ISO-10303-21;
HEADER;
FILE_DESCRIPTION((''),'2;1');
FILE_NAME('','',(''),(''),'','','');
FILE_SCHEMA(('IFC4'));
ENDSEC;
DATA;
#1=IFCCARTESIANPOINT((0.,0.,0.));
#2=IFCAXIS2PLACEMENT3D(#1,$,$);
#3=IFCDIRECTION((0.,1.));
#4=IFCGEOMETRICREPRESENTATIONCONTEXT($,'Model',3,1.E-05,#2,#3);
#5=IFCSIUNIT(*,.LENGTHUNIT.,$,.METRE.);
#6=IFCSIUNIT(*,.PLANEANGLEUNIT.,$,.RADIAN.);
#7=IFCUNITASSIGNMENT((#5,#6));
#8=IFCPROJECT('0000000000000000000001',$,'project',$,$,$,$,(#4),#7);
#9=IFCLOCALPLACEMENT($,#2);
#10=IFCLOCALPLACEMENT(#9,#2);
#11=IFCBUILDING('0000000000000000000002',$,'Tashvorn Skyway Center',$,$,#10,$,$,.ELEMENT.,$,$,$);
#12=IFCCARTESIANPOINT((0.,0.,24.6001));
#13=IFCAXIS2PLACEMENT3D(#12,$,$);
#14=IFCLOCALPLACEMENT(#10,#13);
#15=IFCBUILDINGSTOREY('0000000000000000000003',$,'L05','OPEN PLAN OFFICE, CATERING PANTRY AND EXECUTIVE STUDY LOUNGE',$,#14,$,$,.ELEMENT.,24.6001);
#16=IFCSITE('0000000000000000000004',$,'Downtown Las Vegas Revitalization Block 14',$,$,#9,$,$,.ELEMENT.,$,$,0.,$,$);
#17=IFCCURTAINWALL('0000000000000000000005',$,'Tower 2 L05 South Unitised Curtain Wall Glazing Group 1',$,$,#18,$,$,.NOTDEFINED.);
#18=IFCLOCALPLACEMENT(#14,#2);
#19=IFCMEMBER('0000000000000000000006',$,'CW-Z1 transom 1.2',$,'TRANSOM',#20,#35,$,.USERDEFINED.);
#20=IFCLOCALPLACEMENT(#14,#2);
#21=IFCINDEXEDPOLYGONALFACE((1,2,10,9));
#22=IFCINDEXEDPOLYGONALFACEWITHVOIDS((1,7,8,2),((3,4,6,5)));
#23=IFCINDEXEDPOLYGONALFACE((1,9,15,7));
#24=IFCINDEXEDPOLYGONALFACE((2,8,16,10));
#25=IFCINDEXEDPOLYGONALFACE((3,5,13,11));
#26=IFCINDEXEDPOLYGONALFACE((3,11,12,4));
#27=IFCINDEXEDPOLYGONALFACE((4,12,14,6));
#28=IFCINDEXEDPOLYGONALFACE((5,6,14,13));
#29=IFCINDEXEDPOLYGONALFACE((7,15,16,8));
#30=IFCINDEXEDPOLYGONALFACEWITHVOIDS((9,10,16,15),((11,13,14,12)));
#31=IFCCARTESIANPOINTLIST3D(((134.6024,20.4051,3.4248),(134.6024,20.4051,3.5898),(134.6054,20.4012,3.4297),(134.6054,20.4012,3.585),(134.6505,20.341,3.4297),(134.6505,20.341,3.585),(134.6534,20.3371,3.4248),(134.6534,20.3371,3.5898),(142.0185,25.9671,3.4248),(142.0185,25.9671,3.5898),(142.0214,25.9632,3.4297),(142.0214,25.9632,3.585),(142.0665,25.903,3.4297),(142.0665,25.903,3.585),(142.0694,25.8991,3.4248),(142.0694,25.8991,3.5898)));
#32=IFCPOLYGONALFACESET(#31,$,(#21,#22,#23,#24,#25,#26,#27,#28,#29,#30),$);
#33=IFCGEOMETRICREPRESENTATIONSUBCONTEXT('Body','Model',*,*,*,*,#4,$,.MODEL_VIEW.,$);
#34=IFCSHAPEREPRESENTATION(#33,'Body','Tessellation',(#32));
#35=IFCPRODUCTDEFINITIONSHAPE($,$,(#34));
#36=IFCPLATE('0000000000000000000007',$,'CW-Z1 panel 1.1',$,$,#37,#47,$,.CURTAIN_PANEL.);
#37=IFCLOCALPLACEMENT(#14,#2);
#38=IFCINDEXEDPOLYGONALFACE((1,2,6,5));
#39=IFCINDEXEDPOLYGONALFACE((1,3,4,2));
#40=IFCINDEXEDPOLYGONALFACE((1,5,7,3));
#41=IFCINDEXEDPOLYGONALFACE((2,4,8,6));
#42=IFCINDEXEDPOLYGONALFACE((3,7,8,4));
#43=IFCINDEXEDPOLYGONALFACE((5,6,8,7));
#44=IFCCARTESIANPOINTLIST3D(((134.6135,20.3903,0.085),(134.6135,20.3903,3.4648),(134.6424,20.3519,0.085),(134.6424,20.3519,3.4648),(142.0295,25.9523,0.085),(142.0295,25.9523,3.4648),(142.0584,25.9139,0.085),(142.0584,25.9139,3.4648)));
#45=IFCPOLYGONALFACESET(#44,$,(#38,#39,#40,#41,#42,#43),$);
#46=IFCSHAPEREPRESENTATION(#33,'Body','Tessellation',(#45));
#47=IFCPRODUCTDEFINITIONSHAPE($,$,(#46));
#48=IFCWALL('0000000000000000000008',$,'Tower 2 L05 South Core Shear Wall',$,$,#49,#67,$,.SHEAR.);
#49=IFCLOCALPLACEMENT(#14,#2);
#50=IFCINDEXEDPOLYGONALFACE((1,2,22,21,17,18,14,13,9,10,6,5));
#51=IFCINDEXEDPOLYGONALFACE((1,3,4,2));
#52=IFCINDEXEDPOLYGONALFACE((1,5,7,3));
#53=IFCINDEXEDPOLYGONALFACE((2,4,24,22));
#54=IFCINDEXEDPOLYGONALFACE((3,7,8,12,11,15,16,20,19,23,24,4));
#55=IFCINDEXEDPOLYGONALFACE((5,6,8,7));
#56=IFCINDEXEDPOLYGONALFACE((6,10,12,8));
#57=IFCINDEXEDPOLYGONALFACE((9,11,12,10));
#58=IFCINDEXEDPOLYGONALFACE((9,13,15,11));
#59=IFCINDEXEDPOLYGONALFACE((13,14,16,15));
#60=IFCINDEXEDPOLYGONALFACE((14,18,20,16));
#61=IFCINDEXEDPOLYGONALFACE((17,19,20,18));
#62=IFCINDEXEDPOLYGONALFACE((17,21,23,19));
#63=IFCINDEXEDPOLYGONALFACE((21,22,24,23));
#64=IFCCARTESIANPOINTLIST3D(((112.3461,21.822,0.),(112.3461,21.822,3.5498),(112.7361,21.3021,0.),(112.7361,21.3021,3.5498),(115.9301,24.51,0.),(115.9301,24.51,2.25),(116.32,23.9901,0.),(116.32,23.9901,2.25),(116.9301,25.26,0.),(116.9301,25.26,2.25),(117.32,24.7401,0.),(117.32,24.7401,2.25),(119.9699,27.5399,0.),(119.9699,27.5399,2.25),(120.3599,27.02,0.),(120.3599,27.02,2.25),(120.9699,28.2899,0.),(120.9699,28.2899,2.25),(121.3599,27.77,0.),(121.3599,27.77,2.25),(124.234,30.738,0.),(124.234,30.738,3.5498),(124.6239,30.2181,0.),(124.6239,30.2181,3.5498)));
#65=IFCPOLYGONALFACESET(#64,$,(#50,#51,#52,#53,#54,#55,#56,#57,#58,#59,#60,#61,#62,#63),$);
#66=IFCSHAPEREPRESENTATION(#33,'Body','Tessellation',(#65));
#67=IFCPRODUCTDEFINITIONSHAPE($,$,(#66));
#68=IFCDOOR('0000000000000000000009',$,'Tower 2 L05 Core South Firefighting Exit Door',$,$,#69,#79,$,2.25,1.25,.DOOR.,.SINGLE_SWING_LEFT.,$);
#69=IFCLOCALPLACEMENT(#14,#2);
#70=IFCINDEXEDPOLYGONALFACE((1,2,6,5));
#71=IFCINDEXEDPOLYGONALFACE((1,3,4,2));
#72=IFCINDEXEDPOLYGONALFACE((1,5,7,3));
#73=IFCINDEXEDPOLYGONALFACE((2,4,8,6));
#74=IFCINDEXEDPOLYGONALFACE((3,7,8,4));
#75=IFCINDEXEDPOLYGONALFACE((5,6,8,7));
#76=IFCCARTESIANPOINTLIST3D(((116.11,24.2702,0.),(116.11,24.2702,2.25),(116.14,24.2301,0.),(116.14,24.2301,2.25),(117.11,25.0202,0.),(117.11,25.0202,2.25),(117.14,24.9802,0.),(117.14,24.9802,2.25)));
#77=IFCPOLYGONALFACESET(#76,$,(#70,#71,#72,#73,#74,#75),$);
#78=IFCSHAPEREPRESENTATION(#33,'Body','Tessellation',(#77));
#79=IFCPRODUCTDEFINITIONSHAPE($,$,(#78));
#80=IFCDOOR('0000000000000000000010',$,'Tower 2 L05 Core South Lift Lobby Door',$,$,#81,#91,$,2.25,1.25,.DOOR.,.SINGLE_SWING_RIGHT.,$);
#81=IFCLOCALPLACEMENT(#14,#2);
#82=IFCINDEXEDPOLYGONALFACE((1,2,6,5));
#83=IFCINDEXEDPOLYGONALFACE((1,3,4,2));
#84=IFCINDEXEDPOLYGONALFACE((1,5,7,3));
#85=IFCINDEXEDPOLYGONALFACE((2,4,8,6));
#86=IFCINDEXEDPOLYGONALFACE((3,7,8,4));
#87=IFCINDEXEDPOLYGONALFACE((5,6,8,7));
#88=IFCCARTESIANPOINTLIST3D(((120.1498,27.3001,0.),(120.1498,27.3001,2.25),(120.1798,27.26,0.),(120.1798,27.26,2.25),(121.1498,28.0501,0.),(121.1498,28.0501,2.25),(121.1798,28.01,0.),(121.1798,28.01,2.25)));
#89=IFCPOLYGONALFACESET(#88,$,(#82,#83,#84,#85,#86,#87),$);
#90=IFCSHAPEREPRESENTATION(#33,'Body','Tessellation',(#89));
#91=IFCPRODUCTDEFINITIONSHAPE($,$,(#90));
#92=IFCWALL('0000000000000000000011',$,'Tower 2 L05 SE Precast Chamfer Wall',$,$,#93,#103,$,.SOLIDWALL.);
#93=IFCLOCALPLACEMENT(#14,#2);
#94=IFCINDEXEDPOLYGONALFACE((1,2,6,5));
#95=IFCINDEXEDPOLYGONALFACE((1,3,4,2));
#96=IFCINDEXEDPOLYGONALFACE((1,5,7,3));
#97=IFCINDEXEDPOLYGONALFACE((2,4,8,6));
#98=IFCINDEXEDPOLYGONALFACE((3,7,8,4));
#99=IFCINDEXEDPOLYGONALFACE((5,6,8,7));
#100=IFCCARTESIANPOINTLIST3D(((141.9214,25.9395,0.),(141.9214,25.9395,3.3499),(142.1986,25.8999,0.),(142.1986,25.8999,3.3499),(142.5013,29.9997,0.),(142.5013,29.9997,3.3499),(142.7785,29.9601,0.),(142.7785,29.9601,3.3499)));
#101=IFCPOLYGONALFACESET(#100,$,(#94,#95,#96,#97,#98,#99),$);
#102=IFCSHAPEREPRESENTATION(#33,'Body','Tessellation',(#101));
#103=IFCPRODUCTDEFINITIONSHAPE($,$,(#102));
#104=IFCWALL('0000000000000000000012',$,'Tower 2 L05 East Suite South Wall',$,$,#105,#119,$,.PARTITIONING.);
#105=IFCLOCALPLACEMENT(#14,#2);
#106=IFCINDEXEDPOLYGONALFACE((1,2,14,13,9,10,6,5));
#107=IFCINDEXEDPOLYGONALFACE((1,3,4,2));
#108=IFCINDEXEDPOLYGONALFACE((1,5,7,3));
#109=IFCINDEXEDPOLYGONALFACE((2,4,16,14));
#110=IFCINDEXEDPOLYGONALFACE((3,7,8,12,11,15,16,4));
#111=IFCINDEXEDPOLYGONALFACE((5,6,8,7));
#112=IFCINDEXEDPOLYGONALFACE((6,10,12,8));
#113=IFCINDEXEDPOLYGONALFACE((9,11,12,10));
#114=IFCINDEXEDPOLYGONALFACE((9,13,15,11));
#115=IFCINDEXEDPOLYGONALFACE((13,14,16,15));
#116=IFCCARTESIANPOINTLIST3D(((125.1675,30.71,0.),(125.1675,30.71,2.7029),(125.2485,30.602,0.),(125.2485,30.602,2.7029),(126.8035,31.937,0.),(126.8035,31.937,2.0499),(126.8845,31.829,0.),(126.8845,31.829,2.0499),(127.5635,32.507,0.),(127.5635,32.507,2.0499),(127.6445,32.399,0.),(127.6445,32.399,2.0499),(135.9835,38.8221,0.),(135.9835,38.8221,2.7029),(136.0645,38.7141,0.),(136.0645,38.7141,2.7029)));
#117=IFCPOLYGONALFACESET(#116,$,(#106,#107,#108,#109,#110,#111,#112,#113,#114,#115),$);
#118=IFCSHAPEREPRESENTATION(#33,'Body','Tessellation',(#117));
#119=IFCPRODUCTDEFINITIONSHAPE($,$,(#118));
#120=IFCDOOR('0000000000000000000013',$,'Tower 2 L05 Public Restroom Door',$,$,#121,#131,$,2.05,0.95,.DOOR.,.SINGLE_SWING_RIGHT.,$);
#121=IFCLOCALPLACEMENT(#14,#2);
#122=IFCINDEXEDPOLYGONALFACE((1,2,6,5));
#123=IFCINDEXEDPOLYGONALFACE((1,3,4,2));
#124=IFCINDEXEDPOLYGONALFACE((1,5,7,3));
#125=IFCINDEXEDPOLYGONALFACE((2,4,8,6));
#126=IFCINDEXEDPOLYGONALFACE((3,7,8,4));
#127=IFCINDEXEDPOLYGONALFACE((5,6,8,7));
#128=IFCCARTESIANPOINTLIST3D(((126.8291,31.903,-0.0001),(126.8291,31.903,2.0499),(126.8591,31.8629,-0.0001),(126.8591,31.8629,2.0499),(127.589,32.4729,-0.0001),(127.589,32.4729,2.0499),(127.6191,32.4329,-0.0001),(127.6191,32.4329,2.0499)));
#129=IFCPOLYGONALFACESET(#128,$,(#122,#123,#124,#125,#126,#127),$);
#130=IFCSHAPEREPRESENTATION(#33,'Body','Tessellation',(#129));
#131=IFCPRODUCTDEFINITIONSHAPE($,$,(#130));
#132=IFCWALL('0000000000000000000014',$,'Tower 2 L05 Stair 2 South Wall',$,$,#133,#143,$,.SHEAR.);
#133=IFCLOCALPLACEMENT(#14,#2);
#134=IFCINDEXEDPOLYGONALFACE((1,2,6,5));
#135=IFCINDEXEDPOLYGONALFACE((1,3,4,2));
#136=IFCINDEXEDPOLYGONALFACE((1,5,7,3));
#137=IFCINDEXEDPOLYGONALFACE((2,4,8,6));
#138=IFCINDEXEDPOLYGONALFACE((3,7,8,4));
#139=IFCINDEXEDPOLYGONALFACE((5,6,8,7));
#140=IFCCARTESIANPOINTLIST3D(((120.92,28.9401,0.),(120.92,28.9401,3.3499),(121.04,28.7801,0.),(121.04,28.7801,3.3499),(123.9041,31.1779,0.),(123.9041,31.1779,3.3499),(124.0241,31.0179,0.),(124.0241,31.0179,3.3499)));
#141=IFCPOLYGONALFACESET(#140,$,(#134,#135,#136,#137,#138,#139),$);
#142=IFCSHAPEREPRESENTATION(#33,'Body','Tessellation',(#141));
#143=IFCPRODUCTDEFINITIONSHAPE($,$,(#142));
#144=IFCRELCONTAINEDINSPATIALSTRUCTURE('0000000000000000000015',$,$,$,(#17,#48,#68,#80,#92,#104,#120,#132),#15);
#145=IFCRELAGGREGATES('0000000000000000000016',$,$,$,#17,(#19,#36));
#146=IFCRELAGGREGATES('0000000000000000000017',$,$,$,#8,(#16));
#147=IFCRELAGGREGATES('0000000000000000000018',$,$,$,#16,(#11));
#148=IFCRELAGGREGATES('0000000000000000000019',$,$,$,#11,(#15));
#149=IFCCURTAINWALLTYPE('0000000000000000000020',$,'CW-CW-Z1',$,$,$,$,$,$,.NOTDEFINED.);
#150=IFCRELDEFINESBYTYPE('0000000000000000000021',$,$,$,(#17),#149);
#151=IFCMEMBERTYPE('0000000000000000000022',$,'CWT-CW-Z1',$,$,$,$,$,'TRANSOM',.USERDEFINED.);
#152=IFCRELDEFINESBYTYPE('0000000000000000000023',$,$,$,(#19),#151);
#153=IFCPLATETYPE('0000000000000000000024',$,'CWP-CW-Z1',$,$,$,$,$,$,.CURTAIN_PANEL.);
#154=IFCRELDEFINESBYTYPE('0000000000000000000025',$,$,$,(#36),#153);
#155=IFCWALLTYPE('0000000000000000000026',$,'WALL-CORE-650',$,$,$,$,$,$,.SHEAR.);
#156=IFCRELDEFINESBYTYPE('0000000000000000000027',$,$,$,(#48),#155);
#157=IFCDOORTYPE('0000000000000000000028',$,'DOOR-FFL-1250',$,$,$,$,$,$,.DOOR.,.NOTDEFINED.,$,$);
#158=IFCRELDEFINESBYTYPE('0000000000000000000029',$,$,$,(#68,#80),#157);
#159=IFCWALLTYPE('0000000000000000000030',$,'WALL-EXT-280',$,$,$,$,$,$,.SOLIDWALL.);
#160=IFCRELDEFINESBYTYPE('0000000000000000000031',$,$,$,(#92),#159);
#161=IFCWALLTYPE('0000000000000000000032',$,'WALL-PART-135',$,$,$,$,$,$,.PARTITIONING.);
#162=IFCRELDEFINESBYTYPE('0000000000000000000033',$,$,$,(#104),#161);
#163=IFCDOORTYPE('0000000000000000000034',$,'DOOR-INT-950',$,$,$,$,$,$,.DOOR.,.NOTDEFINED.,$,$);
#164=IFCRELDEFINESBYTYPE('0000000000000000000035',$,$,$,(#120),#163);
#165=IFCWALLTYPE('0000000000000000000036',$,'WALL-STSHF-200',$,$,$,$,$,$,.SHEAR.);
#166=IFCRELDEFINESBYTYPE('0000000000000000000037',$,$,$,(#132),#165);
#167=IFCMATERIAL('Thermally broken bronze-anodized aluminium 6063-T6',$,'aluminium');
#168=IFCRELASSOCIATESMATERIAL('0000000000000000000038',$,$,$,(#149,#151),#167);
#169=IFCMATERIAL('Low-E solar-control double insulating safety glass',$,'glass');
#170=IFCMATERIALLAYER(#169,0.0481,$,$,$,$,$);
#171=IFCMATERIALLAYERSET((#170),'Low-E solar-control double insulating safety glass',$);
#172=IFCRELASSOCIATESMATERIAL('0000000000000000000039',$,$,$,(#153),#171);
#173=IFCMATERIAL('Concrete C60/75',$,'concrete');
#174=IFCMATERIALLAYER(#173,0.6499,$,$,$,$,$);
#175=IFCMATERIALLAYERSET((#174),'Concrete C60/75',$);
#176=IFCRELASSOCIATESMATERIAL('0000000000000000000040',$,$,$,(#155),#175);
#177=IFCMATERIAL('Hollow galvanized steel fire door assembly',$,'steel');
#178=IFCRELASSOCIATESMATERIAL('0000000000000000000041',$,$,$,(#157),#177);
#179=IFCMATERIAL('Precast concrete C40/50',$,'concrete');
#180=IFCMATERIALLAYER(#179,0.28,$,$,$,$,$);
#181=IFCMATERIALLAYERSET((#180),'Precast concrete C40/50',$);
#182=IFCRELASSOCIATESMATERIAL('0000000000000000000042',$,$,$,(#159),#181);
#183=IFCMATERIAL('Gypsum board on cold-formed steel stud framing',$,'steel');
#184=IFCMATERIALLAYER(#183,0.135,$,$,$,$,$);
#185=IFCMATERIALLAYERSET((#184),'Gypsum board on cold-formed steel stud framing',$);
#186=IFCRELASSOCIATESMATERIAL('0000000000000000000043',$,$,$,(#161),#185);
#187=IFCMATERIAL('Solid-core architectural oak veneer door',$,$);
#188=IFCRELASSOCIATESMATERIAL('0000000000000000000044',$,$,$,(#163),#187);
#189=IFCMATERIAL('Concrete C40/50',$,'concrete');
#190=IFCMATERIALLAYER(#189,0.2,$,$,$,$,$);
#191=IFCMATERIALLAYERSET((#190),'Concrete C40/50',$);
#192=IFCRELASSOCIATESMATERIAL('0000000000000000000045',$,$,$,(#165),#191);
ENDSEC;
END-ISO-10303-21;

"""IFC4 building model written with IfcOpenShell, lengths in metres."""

from ifc_helpers import new_model, si_unit, direction, frame, frame_2d, origin, origin_2d, place, context, subcontext, project, spatial, rectangle, hollow_rectangle, extrude, material, layer, layer_set, material_profile, profile_set, type_object, element, fill, aggregate, save


model = new_model("IFC4")

# Units and contexts
model_context = context("Model", 3, precision=1e-05, world=origin(), true_north=direction((0.0, 1.0)))
body_context = subcontext(model_context, "Body", "Model", "MODEL_VIEW")
ifc_project = project(units=[si_unit("LENGTHUNIT", "METRE"), si_unit("PLANEANGLEUNIT", "RADIAN")], contexts=[model_context])

# Site, building, storey
site_placement = place(None, origin())
site = spatial("IfcSite", under=ifc_project, at=site_placement, Name="Downtown Las Vegas Revitalization Block 14", CompositionType="ELEMENT", RefElevation=0.0)
building_placement = place(site_placement, origin())
building = spatial("IfcBuilding", under=site, at=building_placement, Name="Tashvorn Skyway Center", CompositionType="ELEMENT")
storey_placement = place(building_placement, frame((0.0, 0.0, 24.6001)))
storey = spatial("IfcBuildingStorey", under=building, at=storey_placement, Name="L05", Description="OPEN PLAN OFFICE, CATERING PANTRY AND EXECUTIVE STUDY LOUNGE", CompositionType="ELEMENT", Elevation=24.6001)

# Curtain wall
ifc_material_1 = material(Name="Thermally broken bronze-anodized aluminium 6063-T6", Category="aluminium")
curtain_wall_type = type_object("IfcCurtainWallType", Name="CW-CW-Z1", PredefinedType="NOTDEFINED", material=ifc_material_1)
curtain_wall_1_placement = place(storey_placement, origin())
curtain_wall_1 = element("IfcCurtainWall", 1, at=curtain_wall_1_placement, inside=storey, type_object=curtain_wall_type, Name="Tower 2 L05 South Unitised Curtain Wall Glazing Group 1", PredefinedType="NOTDEFINED")

# Member
ifc_material_profile_1 = material_profile(ifc_material_1, hollow_rectangle(XDim=0.085, YDim=0.165, WallThickness=0.0049, at=origin_2d()), Name="ALU-TRAN-85x165")
ifc_profile_set_1 = profile_set([ifc_material_profile_1], Name="Thermally broken bronze-anodized aluminium 6063-T6")
member_type_1 = type_object("IfcMemberType", Name="CWT-CW-Z1", ElementType="TRANSOM", PredefinedType="USERDEFINED", material=ifc_profile_set_1)
member_1_placement = place(storey_placement, frame((142.0439, 25.9331, 3.5073), z_axis=(-0.8, -0.6, 0.0), x_axis=(0.6, -0.8, 0.0)))
member_1 = element("IfcMember", 2, at=member_1_placement, type_object=member_type_1, Name="CW-Z1 transom 1.2", ObjectType="TRANSOM", PredefinedType="USERDEFINED", context=body_context, shape_type="SweptSolid", body=[
    extrude(hollow_rectangle(XDim=0.085, YDim=0.165, WallThickness=0.0049, at=origin_2d()), origin(), (0.0, 0.0, 1.0), 9.27),
])

# Plate
ifc_material_2 = material(Name="Low-E solar-control double insulating safety glass", Category="glass")
ifc_layer_1 = layer(ifc_material_2, 0.0481)
ifc_layer_set_1 = layer_set([ifc_layer_1], Name="Low-E solar-control double insulating safety glass")
plate_type = type_object("IfcPlateType", Name="CWP-CW-Z1", PredefinedType="CURTAIN_PANEL", material=ifc_layer_set_1)
plate_placement = place(storey_placement, frame((138.3359, 23.1521, 0.085), z_axis=(0.0, 0.0, 1.0), x_axis=(-0.8, -0.6, 0.0)))
plate = element("IfcPlate", 3, at=plate_placement, type_object=plate_type, Name="CW-Z1 panel 1.1", PredefinedType="CURTAIN_PANEL", context=body_context, shape_type="SweptSolid", body=[
    extrude(rectangle(XDim=9.27, YDim=0.0481, at=origin_2d()), origin(), (0.0, 0.0, 1.0), 3.3799),
])
aggregate(curtain_wall_1, [member_1, plate])

# Wall, openings, doors
ifc_material_3 = material(Name="Concrete C60/75", Category="concrete")
ifc_layer_2 = layer(ifc_material_3, 0.6499)
ifc_layer_set_2 = layer_set([ifc_layer_2], Name="Concrete C60/75")
wall_type_1 = type_object("IfcWallType", Name="WALL-CORE-650", PredefinedType="SHEAR", material=ifc_layer_set_2)
wall_1_placement = place(storey_placement, frame((124.429, 30.478, 0.0), z_axis=(0.0, 0.0, 1.0), x_axis=(-0.799998, -0.600003, 0.0)))
wall_1 = element("IfcWall", 4, at=wall_1_placement, inside=storey, type_object=wall_type_1, Name="Tower 2 L05 South Core Shear Wall", PredefinedType="SHEAR", context=body_context, shape_type="SweptSolid", body=[
    extrude(rectangle(XDim=14.8599, YDim=0.6499, at=frame_2d((7.4299, 0.0))), origin(), (0.0, 0.0, 1.0), 3.5498),
])
opening_1_placement = place(wall_1_placement, frame((9.1299, 0.0, 0.0)))
opening_1 = element("IfcOpeningElement", 5, at=opening_1_placement, cuts=wall_1, PredefinedType="OPENING", context=body_context, shape_type="SweptSolid", body=[
    extrude(rectangle(XDim=1.25, YDim=2.25, at=frame_2d((0.625, 1.125))), frame((0.0, 0.335, 0.0), z_axis=(0.0, -1.0, 0.0), x_axis=(1.0, 0.0, 0.0)), (0.0, 0.0, 1.0), 0.6699),
])
opening_2_placement = place(wall_1_placement, frame((4.0801, 0.0, 0.0)))
opening_2 = element("IfcOpeningElement", 6, at=opening_2_placement, cuts=wall_1, PredefinedType="OPENING", context=body_context, shape_type="SweptSolid", body=[
    extrude(rectangle(XDim=1.25, YDim=2.25, at=frame_2d((0.625, 1.125))), frame((0.0, 0.335, 0.0), z_axis=(0.0, -1.0, 0.0), x_axis=(1.0, 0.0, 0.0)), (0.0, 0.0, 1.0), 0.6699),
])
ifc_material_4 = material(Name="Hollow galvanized steel fire door assembly", Category="steel")
door_type_1 = type_object("IfcDoorType", Name="DOOR-FFL-1250", OperationType="NOTDEFINED", PredefinedType="DOOR", material=ifc_material_4)
door_1_placement = place(opening_1_placement, origin())
door_1 = element("IfcDoor", 7, at=door_1_placement, inside=storey, type_object=door_type_1, Name="Tower 2 L05 Core South Firefighting Exit Door", OperationType="SINGLE_SWING_LEFT", OverallHeight=2.25, OverallWidth=1.25, PredefinedType="DOOR", context=body_context, shape_type="SweptSolid", body=[
    extrude(rectangle(XDim=1.25, YDim=2.25, at=frame_2d((0.625, 1.125))), frame((0.0, 0.0249, 0.0), z_axis=(0.0, -1.0, 0.0), x_axis=(1.0, 0.0, 0.0)), (0.0, 0.0, 1.0), 0.05),
])
fill(opening_1, door_1)
door_2_placement = place(opening_2_placement, origin())
door_2 = element("IfcDoor", 8, at=door_2_placement, inside=storey, type_object=door_type_1, Name="Tower 2 L05 Core South Lift Lobby Door", OperationType="SINGLE_SWING_RIGHT", OverallHeight=2.25, OverallWidth=1.25, PredefinedType="DOOR", context=body_context, shape_type="SweptSolid", body=[
    extrude(rectangle(XDim=1.25, YDim=2.25, at=frame_2d((0.625, 1.125))), frame((0.0, 0.0249, 0.0), z_axis=(0.0, -1.0, 0.0), x_axis=(1.0, 0.0, 0.0)), (0.0, 0.0, 1.0), 0.05),
])
fill(opening_2, door_2)

# Wall
ifc_material_5 = material(Name="Precast concrete C40/50", Category="concrete")
ifc_layer_3 = layer(ifc_material_5, 0.28)
ifc_layer_set_3 = layer_set([ifc_layer_3], Name="Precast concrete C40/50")
wall_type_2 = type_object("IfcWallType", Name="WALL-EXT-280", PredefinedType="SOLIDWALL", material=ifc_layer_set_3)
wall_2_placement = place(storey_placement, frame((142.6399, 29.98, 0.0), z_axis=(0.0, 0.0, 1.0), x_axis=(-0.14138, -0.989955, 0.0)))
element("IfcWall", 9, at=wall_2_placement, inside=storey, type_object=wall_type_2, Name="Tower 2 L05 SE Precast Chamfer Wall", PredefinedType="SOLIDWALL", context=body_context, shape_type="SweptSolid", body=[
    extrude(rectangle(XDim=4.1013, YDim=0.28, at=frame_2d((2.0508, 0.0))), origin(), (0.0, 0.0, 1.0), 3.3499),
])

# Wall, opening, door
ifc_material_6 = material(Name="Gypsum board on cold-formed steel stud framing", Category="steel")
ifc_layer_4 = layer(ifc_material_6, 0.135)
ifc_layer_set_4 = layer_set([ifc_layer_4], Name="Gypsum board on cold-formed steel stud framing")
wall_type_3 = type_object("IfcWallType", Name="WALL-PART-135", PredefinedType="PARTITIONING", material=ifc_layer_set_4)
wall_3_placement = place(storey_placement, frame((125.208, 30.656, 0.0), z_axis=(0.0, 0.0, 1.0), x_axis=(0.799996, 0.600006, 0.0)))
wall_3 = element("IfcWall", 10, at=wall_3_placement, inside=storey, type_object=wall_type_3, Name="Tower 2 L05 East Suite South Wall", PredefinedType="PARTITIONING", context=body_context, shape_type="SweptSolid", body=[
    extrude(rectangle(XDim=13.52, YDim=0.135, at=frame_2d((6.76, 0.0))), origin(), (0.0, 0.0, 1.0), 2.7029),
])
opening_3_placement = place(wall_3_placement, frame((2.0449, 0.0, 0.0)))
opening_3 = element("IfcOpeningElement", 11, at=opening_3_placement, cuts=wall_3, PredefinedType="OPENING", context=body_context, shape_type="SweptSolid", body=[
    extrude(rectangle(XDim=0.95, YDim=2.05, at=frame_2d((0.4751, 1.0249))), frame((0.0, 0.0774, 0.0), z_axis=(0.0, -1.0, 0.0), x_axis=(1.0, 0.0, 0.0)), (0.0, 0.0, 1.0), 0.155),
])
ifc_material_7 = material(Name="Solid-core architectural oak veneer door")
door_type_2 = type_object("IfcDoorType", Name="DOOR-INT-950", OperationType="NOTDEFINED", PredefinedType="DOOR", material=ifc_material_7)
door_3_placement = place(opening_3_placement, origin())
door_3 = element("IfcDoor", 12, at=door_3_placement, inside=storey, type_object=door_type_2, Name="Tower 2 L05 Public Restroom Door", OperationType="SINGLE_SWING_RIGHT", OverallHeight=2.05, OverallWidth=0.95, PredefinedType="DOOR", context=body_context, shape_type="SweptSolid", body=[
    extrude(rectangle(XDim=0.95, YDim=2.05, at=frame_2d((0.4751, 1.0249))), frame((0.0, 0.0249, 0.0), z_axis=(0.0, -1.0, 0.0), x_axis=(1.0, 0.0, 0.0)), (0.0, 0.0, 1.0), 0.05),
])
fill(opening_3, door_3)

# Wall
ifc_material_8 = material(Name="Concrete C40/50", Category="concrete")
ifc_layer_5 = layer(ifc_material_8, 0.2)
ifc_layer_set_5 = layer_set([ifc_layer_5], Name="Concrete C40/50")
wall_type_4 = type_object("IfcWallType", Name="WALL-STSHF-200", PredefinedType="SHEAR", material=ifc_layer_set_5)
wall_4_placement = place(storey_placement, frame((120.98, 28.8601, 0.0), z_axis=(0.0, 0.0, 1.0), x_axis=(0.800039, 0.599948, 0.0)))
element("IfcWall", 13, at=wall_4_placement, inside=storey, type_object=wall_type_4, Name="Tower 2 L05 Stair 2 South Wall", PredefinedType="SHEAR", context=body_context, shape_type="SweptSolid", body=[
    extrude(rectangle(XDim=3.73, YDim=0.2, at=frame_2d((1.865, 0.0))), origin(), (0.0, 0.0, 1.0), 3.3499),
])

save(model, "model.ifc")
